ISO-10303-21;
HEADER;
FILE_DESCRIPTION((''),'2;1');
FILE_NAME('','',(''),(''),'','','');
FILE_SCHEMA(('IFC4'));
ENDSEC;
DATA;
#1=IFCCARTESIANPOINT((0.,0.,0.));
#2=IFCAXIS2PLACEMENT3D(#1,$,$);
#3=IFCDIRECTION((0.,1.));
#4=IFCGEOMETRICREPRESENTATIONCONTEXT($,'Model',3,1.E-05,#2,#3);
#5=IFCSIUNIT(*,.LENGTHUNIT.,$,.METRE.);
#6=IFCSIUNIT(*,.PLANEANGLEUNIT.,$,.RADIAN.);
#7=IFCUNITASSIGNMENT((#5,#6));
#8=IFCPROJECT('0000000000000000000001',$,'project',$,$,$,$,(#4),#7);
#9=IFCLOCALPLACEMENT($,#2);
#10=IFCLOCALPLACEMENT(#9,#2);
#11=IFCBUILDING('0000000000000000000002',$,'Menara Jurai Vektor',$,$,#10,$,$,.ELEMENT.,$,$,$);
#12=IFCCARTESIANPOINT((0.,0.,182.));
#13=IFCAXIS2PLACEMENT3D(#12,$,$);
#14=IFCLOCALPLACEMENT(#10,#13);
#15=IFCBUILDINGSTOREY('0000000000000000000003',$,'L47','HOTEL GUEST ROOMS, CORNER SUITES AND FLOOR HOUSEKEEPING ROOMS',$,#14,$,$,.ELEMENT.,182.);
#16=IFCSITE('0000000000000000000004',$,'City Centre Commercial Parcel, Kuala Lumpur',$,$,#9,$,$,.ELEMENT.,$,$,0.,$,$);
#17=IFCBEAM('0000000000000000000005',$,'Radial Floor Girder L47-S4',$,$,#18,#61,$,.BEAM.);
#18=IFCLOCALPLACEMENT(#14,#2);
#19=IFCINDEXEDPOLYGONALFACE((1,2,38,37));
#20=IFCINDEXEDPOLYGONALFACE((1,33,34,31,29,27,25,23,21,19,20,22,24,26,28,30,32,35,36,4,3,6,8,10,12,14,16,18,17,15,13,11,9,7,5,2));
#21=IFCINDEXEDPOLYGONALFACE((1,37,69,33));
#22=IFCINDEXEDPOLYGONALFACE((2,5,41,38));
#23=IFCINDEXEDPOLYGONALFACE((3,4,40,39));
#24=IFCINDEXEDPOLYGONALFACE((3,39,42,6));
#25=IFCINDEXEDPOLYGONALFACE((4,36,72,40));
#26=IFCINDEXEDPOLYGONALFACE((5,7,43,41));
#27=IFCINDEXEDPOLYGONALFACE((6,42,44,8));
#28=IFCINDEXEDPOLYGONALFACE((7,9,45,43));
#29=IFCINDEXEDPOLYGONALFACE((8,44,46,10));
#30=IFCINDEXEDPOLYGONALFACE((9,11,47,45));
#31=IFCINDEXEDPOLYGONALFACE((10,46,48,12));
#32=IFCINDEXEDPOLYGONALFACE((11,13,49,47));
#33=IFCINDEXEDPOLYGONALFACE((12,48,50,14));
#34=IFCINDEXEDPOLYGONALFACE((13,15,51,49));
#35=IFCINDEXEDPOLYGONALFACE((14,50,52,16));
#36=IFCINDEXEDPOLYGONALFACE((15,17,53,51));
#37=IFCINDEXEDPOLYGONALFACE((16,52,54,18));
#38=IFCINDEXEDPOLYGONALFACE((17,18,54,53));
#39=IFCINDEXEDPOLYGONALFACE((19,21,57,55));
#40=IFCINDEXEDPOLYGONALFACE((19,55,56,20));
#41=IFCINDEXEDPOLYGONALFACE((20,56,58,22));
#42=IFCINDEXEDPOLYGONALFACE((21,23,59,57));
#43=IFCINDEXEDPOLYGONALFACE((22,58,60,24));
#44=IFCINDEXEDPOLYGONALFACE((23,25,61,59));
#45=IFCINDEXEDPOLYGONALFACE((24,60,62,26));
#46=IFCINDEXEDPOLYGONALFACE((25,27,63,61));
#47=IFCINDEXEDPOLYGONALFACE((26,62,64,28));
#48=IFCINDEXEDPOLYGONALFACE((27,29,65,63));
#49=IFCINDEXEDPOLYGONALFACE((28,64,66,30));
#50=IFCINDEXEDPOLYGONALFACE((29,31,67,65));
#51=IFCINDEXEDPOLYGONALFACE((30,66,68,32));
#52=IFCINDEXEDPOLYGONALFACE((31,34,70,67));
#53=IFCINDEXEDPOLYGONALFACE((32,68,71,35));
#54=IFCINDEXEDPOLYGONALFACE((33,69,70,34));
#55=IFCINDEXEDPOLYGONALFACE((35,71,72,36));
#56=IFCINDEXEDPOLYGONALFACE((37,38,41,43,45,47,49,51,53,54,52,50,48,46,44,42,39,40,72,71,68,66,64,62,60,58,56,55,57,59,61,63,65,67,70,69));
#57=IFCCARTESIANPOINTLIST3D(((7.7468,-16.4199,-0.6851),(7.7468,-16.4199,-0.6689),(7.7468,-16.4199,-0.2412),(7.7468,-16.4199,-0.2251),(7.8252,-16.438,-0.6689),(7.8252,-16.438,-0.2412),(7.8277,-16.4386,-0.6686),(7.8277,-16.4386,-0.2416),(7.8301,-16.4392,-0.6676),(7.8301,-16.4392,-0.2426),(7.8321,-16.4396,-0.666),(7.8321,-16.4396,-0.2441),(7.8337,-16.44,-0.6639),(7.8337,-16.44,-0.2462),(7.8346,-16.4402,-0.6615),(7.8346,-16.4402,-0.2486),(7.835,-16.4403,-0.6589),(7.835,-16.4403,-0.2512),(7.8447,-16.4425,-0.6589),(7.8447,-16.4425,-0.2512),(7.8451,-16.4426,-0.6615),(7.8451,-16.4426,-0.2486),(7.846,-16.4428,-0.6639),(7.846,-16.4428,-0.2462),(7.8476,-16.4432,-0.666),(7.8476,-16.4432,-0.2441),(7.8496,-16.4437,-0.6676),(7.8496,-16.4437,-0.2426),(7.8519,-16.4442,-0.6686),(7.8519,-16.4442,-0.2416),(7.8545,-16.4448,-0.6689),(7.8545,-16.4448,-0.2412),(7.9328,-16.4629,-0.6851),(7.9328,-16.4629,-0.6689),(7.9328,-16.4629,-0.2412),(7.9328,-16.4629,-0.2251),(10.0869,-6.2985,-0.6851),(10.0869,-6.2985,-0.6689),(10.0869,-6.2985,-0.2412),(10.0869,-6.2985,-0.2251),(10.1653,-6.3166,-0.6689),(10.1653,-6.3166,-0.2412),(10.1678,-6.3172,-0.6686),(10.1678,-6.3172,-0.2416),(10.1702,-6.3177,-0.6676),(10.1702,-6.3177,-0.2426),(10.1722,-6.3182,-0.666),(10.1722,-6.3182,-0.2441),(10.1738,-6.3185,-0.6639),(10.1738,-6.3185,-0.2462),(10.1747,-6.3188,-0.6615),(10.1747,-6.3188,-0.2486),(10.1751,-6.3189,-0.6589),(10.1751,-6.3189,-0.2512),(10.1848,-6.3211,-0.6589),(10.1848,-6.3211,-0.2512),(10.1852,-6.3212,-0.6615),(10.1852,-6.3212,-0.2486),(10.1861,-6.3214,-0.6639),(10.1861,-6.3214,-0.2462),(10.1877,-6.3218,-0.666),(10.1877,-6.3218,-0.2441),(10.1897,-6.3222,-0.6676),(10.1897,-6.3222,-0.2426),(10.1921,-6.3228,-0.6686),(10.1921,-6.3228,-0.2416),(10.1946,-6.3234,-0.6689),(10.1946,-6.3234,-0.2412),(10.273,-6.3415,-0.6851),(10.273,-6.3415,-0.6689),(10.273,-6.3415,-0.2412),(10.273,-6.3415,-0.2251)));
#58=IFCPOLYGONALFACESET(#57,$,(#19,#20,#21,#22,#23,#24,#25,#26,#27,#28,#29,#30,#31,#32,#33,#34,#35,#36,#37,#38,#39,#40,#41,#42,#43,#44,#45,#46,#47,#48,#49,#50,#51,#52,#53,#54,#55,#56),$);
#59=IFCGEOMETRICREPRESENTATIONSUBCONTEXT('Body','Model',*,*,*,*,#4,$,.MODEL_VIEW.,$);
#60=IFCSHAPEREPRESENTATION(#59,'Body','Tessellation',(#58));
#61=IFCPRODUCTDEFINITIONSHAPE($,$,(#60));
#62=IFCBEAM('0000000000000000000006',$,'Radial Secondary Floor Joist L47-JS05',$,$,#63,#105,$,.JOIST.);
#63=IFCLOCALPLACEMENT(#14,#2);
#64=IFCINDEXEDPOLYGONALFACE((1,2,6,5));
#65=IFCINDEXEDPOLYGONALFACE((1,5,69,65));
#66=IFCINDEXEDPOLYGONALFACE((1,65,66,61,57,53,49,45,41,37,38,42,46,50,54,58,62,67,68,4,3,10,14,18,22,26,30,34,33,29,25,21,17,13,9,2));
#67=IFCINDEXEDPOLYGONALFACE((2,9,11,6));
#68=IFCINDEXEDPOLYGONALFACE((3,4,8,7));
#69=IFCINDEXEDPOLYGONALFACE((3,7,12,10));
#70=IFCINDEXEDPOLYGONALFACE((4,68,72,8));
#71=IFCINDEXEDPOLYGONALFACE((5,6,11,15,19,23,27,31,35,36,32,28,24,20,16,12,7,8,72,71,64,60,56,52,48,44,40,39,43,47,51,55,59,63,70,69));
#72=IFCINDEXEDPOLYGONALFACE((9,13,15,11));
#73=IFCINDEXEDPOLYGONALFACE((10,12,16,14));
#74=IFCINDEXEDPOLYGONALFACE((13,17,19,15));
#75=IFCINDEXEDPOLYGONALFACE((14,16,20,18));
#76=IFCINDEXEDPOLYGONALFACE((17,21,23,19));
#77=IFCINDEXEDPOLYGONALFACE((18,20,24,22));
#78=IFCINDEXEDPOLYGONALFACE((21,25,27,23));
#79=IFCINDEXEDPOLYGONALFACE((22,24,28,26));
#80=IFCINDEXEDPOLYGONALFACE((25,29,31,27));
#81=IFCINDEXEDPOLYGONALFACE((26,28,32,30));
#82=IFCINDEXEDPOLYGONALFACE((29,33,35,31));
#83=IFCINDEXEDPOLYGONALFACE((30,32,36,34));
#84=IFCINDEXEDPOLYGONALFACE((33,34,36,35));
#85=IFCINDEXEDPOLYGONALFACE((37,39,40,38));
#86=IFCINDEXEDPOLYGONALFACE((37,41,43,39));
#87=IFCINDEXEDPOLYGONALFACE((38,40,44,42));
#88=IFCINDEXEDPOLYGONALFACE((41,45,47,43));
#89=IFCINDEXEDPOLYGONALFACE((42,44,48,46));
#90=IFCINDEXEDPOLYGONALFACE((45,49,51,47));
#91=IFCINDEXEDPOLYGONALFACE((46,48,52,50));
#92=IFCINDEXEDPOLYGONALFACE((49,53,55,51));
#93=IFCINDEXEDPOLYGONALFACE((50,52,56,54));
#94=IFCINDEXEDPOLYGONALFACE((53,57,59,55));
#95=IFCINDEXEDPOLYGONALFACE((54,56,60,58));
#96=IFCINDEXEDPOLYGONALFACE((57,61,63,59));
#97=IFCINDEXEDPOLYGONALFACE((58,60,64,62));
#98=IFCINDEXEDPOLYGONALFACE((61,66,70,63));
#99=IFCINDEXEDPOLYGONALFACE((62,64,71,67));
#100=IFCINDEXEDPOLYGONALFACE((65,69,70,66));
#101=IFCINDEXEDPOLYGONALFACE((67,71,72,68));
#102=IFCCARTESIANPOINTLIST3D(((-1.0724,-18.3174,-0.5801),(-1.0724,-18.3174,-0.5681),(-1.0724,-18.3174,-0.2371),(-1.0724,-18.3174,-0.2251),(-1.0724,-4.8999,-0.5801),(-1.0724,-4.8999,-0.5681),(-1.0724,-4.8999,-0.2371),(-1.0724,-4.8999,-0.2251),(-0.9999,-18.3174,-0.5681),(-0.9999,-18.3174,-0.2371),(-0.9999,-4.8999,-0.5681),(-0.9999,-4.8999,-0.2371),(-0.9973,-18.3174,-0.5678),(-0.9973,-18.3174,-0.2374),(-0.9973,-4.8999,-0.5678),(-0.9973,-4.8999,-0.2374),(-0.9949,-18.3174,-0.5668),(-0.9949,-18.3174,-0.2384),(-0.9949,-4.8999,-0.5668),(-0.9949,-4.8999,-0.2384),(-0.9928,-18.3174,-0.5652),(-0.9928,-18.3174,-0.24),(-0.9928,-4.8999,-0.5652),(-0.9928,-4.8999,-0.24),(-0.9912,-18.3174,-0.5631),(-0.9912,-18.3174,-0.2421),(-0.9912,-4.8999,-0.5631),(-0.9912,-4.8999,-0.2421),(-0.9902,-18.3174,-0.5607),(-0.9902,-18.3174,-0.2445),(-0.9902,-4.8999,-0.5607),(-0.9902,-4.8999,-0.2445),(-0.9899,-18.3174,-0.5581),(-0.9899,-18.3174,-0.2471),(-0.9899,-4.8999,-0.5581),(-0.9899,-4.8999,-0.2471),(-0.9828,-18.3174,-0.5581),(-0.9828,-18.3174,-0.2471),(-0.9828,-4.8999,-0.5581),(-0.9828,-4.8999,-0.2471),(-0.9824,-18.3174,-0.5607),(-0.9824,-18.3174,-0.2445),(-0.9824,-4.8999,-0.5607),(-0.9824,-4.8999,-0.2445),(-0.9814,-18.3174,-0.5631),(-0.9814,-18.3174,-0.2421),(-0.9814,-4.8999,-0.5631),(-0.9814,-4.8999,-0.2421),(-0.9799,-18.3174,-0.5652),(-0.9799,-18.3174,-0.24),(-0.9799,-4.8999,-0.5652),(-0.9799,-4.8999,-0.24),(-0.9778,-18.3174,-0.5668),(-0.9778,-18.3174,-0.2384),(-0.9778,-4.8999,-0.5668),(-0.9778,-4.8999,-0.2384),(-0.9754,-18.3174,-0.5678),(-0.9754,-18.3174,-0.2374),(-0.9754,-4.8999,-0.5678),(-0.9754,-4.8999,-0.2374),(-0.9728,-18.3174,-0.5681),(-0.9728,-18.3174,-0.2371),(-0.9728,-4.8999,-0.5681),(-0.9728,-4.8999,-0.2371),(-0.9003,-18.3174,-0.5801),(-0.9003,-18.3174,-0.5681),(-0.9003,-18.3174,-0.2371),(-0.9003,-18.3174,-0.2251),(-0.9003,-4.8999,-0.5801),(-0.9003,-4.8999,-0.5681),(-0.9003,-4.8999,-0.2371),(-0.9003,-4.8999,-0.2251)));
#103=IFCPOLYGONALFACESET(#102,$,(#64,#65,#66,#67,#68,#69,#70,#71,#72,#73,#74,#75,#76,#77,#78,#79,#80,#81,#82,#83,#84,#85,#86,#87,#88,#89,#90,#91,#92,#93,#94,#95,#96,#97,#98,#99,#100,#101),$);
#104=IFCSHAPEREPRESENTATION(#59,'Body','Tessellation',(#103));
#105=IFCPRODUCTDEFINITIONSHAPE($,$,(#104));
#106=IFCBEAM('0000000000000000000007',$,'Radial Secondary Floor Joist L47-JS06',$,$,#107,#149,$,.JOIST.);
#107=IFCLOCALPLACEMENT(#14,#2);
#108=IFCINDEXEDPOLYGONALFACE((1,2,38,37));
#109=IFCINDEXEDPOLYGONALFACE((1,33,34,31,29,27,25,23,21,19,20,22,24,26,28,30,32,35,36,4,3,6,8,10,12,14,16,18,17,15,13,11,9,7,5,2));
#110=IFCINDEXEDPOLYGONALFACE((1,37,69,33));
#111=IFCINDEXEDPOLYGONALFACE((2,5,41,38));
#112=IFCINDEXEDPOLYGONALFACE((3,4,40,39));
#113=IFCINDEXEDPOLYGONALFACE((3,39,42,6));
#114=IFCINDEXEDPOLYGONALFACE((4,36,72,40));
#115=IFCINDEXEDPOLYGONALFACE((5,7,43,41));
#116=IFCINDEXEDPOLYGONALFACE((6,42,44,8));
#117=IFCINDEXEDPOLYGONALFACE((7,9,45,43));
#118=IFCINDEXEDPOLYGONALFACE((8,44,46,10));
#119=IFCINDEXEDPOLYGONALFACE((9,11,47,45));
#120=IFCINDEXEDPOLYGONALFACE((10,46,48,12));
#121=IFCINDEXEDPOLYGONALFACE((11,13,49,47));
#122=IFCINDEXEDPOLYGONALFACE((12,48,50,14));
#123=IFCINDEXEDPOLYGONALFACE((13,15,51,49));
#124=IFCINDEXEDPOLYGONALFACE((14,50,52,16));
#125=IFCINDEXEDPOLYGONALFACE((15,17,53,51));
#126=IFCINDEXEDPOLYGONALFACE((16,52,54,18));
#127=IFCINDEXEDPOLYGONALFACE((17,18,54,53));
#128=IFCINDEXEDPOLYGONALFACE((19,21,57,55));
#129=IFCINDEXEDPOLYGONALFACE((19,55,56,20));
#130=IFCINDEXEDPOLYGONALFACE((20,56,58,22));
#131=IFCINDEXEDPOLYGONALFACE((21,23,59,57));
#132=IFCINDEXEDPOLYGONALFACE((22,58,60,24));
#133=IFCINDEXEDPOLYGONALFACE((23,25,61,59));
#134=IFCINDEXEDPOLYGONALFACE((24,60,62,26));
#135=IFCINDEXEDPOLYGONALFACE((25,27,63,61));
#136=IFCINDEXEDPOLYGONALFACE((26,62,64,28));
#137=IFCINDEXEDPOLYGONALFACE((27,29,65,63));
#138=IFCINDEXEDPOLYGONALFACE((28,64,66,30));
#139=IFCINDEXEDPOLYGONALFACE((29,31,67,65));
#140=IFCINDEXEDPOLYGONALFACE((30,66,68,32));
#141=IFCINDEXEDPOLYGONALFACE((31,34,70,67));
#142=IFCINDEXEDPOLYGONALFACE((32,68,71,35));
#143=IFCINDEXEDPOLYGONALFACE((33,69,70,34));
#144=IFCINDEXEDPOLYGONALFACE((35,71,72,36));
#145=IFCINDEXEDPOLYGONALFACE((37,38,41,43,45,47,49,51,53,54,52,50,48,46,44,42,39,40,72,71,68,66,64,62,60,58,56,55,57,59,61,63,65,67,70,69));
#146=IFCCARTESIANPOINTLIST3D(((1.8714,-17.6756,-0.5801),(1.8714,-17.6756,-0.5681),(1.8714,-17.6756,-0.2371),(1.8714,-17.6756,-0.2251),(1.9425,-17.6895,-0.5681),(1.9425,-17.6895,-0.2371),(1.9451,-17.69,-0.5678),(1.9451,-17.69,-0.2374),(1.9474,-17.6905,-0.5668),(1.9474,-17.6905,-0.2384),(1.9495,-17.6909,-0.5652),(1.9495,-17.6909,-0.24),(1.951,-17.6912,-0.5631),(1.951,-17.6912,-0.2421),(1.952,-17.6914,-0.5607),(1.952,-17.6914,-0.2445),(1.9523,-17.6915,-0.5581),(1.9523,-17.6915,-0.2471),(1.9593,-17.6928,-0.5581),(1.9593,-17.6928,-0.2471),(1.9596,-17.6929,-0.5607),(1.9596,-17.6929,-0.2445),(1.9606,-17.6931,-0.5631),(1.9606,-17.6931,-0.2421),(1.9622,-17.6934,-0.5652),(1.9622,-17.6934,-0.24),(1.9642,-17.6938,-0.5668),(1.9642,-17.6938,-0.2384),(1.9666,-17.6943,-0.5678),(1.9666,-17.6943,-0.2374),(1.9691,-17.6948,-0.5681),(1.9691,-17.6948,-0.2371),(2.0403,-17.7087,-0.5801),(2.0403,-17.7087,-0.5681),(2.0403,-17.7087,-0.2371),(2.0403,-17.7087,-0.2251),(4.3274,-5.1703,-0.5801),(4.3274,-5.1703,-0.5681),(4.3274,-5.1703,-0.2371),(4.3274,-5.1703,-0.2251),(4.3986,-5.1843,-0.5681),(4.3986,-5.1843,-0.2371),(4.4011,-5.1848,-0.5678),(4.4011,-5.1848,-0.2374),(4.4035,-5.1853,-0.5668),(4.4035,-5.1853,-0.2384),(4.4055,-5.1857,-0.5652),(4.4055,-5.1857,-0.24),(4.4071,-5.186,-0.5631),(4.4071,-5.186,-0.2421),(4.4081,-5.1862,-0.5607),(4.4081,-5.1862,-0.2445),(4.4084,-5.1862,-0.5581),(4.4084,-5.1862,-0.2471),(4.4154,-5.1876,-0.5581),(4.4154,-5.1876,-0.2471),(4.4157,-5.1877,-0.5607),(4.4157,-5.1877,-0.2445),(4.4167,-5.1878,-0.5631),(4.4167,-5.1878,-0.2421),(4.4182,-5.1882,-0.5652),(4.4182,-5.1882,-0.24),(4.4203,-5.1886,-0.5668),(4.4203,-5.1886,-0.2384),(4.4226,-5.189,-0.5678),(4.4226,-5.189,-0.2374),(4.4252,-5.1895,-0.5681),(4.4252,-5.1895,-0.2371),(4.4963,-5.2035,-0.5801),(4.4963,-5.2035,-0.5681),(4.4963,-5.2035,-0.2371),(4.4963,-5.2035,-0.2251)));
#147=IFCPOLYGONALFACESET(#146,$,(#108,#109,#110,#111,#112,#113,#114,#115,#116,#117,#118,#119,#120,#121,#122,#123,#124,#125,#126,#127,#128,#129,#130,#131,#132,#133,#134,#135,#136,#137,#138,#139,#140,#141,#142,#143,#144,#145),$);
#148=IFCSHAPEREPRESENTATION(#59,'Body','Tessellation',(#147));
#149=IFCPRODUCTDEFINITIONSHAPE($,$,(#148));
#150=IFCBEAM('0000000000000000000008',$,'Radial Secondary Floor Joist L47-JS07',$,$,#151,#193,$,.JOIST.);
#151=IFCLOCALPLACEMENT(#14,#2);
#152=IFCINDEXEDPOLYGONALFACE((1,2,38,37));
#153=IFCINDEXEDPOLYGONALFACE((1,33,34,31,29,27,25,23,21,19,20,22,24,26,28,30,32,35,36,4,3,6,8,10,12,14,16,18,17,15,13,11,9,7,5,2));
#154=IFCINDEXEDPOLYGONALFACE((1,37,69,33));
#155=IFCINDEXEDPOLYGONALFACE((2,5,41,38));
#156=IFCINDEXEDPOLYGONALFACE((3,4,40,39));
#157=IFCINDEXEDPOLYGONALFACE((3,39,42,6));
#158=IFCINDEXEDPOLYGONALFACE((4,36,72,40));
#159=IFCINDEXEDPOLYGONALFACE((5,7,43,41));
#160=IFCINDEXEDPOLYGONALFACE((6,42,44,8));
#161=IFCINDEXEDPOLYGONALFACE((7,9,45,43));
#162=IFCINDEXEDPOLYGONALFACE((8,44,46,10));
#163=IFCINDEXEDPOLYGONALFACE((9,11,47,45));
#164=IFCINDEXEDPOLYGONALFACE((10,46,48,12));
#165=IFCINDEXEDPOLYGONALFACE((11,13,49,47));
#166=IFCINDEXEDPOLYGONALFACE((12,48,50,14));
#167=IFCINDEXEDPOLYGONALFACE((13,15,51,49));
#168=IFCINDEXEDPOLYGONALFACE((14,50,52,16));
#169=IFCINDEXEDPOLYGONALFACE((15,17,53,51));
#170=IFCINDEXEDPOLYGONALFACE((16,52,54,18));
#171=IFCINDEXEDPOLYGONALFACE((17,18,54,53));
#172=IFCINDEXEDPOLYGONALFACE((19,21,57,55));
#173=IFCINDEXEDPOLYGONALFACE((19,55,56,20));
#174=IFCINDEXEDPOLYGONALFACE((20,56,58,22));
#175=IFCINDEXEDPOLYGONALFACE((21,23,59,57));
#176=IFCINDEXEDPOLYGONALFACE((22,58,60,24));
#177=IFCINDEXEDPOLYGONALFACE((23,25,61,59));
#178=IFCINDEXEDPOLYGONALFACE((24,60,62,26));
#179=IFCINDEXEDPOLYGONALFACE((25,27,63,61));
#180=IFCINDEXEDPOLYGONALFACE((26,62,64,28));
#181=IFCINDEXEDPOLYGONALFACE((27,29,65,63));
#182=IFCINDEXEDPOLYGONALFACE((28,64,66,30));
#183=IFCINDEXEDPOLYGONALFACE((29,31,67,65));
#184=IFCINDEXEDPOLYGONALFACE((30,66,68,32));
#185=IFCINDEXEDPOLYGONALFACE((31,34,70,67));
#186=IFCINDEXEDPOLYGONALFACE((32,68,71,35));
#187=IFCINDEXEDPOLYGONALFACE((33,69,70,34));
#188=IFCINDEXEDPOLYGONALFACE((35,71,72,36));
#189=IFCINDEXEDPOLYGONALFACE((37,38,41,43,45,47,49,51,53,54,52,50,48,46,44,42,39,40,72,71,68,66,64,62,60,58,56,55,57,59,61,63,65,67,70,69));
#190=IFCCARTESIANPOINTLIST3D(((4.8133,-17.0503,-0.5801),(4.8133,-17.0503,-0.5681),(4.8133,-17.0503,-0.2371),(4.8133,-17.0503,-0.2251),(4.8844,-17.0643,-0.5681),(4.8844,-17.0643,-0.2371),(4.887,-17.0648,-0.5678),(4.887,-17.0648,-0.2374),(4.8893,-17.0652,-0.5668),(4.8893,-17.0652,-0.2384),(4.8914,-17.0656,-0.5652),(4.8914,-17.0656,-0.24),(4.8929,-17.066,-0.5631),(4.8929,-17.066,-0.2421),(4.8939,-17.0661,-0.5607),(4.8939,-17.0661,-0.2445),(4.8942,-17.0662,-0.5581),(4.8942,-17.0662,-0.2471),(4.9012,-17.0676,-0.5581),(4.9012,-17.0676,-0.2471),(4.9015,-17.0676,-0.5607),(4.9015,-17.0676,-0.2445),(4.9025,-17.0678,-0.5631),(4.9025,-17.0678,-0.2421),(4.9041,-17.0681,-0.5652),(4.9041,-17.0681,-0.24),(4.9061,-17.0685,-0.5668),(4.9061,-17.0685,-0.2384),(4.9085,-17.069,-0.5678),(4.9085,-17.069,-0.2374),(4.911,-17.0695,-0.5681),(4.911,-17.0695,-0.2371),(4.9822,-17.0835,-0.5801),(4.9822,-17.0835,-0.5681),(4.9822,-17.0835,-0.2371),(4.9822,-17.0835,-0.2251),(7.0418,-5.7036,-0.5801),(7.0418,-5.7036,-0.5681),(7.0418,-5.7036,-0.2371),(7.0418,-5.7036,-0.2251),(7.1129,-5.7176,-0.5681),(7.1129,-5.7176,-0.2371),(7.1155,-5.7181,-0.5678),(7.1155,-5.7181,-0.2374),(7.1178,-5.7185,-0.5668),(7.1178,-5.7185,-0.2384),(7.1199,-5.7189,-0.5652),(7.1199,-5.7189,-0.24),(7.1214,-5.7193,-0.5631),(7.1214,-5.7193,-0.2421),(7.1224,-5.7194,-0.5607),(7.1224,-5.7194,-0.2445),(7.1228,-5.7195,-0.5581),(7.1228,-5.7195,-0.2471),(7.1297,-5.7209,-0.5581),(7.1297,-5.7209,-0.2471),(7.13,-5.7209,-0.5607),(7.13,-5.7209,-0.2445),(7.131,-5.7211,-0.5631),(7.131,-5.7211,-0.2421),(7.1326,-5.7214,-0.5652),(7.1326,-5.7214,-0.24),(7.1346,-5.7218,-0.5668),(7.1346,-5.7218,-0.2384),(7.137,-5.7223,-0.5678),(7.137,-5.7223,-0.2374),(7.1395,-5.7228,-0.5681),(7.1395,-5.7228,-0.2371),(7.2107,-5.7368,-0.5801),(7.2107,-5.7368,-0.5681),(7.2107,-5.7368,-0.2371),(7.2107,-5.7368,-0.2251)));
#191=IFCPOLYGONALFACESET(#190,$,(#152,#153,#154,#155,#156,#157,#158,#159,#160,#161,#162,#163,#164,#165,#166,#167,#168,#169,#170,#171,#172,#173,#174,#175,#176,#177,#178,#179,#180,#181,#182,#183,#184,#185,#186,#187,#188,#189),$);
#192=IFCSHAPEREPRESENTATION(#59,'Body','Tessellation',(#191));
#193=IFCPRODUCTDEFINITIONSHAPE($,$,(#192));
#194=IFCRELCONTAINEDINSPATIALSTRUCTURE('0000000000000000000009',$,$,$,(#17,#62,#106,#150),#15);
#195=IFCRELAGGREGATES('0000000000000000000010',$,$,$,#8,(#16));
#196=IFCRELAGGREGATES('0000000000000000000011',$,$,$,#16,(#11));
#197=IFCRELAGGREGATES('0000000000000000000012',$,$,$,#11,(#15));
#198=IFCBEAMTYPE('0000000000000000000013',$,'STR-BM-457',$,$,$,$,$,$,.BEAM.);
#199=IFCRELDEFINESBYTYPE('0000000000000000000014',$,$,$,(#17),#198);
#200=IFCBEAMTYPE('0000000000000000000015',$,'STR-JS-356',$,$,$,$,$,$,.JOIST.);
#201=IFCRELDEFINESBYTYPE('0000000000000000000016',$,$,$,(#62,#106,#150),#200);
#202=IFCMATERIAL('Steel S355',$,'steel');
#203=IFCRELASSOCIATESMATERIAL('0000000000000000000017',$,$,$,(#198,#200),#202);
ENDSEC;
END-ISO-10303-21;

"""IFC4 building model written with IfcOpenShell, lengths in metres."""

from ifc_helpers import new_model, si_unit, direction, frame, origin, origin_2d, place, context, subcontext, project, spatial, i_section, extrude, material, material_profile, profile_set, type_object, element, save


model = new_model("IFC4")

# Units and contexts
model_context = context("Model", 3, precision=1e-05, world=origin(), true_north=direction((0.0, 1.0)))
body_context = subcontext(model_context, "Body", "Model", "MODEL_VIEW")
ifc_project = project(units=[si_unit("LENGTHUNIT", "METRE"), si_unit("PLANEANGLEUNIT", "RADIAN")], contexts=[model_context])

# Site, building, storey
site_placement = place(None, origin())
site = spatial("IfcSite", under=ifc_project, at=site_placement, Name="City Centre Commercial Parcel, Kuala Lumpur", CompositionType="ELEMENT", RefElevation=0.0)
building_placement = place(site_placement, origin())
building = spatial("IfcBuilding", under=site, at=building_placement, Name="Menara Jurai Vektor", CompositionType="ELEMENT")
storey_placement = place(building_placement, frame((0.0, 0.0, 182.0)))
storey = spatial("IfcBuildingStorey", under=building, at=storey_placement, Name="L47", Description="HOTEL GUEST ROOMS, CORNER SUITES AND FLOOR HOUSEKEEPING ROOMS", CompositionType="ELEMENT", Elevation=182.0)

# Beams
ifc_material_1 = material(Name="Steel S355", Category="steel")
ifc_material_profile_1 = material_profile(ifc_material_1, i_section(OverallWidth=0.1909, OverallDepth=0.46, WebThickness=0.01, FlangeThickness=0.0161, FilletRadius=0.01, at=origin_2d()), Name="UKB 457x191x82")
ifc_profile_set_1 = profile_set([ifc_material_profile_1], Name="Steel S355")
beam_type_1 = type_object("IfcBeamType", Name="STR-BM-457", PredefinedType="BEAM", material=ifc_profile_set_1)
beam_1_placement = place(storey_placement, frame((7.8398, -16.4414, -0.4551), z_axis=(0.225261, 0.974298, 0.0), x_axis=(-0.974298, 0.225261, 0.0)))
element("IfcBeam", 1, at=beam_1_placement, inside=storey, type_object=beam_type_1, Name="Radial Floor Girder L47-S4", PredefinedType="BEAM", context=body_context, shape_type="SweptSolid", body=[
    extrude(i_section(OverallWidth=0.1909, OverallDepth=0.46, WebThickness=0.01, FlangeThickness=0.0161, FilletRadius=0.01, at=origin_2d()), origin(), (0.0, 0.0, 1.0), 10.3884),
])
ifc_material_profile_2 = material_profile(ifc_material_1, i_section(OverallWidth=0.1721, OverallDepth=0.355, WebThickness=0.0071, FlangeThickness=0.012, FilletRadius=0.01, at=origin_2d()), Name="UKB 356x171x51")
ifc_profile_set_2 = profile_set([ifc_material_profile_2], Name="Steel S355")
beam_type_2 = type_object("IfcBeamType", Name="STR-JS-356", PredefinedType="JOIST", material=ifc_profile_set_2)
beam_2_placement = place(storey_placement, frame((-0.9863, -18.3174, -0.4026), z_axis=(0.0, 1.0, 0.0), x_axis=(-1.0, 0.0, 0.0)))
element("IfcBeam", 2, at=beam_2_placement, inside=storey, type_object=beam_type_2, Name="Radial Secondary Floor Joist L47-JS05", PredefinedType="JOIST", context=body_context, shape_type="SweptSolid", body=[
    extrude(i_section(OverallWidth=0.1721, OverallDepth=0.355, WebThickness=0.0071, FlangeThickness=0.012, FilletRadius=0.01, at=origin_2d()), origin(), (0.0, 0.0, 1.0), 13.4175),
])
beam_3_placement = place(storey_placement, frame((1.9558, -17.6921, -0.4026), z_axis=(0.192722, 0.981253, 0.0), x_axis=(-0.981253, 0.192722, 0.0)))
element("IfcBeam", 3, at=beam_3_placement, inside=storey, type_object=beam_type_2, Name="Radial Secondary Floor Joist L47-JS06", PredefinedType="JOIST", context=body_context, shape_type="SweptSolid", body=[
    extrude(i_section(OverallWidth=0.1721, OverallDepth=0.355, WebThickness=0.0071, FlangeThickness=0.012, FilletRadius=0.01, at=origin_2d()), origin(), (0.0, 0.0, 1.0), 12.7441),
])
beam_4_placement = place(storey_placement, frame((4.8977, -17.0669, -0.4026), z_axis=(0.192721, 0.981254, 0.0), x_axis=(-0.981254, 0.192721, 0.0)))
element("IfcBeam", 4, at=beam_4_placement, inside=storey, type_object=beam_type_2, Name="Radial Secondary Floor Joist L47-JS07", PredefinedType="JOIST", context=body_context, shape_type="SweptSolid", body=[
    extrude(i_section(OverallWidth=0.1721, OverallDepth=0.355, WebThickness=0.0071, FlangeThickness=0.012, FilletRadius=0.01, at=origin_2d()), origin(), (0.0, 0.0, 1.0), 11.5635),
])

save(model, "model.ifc")
